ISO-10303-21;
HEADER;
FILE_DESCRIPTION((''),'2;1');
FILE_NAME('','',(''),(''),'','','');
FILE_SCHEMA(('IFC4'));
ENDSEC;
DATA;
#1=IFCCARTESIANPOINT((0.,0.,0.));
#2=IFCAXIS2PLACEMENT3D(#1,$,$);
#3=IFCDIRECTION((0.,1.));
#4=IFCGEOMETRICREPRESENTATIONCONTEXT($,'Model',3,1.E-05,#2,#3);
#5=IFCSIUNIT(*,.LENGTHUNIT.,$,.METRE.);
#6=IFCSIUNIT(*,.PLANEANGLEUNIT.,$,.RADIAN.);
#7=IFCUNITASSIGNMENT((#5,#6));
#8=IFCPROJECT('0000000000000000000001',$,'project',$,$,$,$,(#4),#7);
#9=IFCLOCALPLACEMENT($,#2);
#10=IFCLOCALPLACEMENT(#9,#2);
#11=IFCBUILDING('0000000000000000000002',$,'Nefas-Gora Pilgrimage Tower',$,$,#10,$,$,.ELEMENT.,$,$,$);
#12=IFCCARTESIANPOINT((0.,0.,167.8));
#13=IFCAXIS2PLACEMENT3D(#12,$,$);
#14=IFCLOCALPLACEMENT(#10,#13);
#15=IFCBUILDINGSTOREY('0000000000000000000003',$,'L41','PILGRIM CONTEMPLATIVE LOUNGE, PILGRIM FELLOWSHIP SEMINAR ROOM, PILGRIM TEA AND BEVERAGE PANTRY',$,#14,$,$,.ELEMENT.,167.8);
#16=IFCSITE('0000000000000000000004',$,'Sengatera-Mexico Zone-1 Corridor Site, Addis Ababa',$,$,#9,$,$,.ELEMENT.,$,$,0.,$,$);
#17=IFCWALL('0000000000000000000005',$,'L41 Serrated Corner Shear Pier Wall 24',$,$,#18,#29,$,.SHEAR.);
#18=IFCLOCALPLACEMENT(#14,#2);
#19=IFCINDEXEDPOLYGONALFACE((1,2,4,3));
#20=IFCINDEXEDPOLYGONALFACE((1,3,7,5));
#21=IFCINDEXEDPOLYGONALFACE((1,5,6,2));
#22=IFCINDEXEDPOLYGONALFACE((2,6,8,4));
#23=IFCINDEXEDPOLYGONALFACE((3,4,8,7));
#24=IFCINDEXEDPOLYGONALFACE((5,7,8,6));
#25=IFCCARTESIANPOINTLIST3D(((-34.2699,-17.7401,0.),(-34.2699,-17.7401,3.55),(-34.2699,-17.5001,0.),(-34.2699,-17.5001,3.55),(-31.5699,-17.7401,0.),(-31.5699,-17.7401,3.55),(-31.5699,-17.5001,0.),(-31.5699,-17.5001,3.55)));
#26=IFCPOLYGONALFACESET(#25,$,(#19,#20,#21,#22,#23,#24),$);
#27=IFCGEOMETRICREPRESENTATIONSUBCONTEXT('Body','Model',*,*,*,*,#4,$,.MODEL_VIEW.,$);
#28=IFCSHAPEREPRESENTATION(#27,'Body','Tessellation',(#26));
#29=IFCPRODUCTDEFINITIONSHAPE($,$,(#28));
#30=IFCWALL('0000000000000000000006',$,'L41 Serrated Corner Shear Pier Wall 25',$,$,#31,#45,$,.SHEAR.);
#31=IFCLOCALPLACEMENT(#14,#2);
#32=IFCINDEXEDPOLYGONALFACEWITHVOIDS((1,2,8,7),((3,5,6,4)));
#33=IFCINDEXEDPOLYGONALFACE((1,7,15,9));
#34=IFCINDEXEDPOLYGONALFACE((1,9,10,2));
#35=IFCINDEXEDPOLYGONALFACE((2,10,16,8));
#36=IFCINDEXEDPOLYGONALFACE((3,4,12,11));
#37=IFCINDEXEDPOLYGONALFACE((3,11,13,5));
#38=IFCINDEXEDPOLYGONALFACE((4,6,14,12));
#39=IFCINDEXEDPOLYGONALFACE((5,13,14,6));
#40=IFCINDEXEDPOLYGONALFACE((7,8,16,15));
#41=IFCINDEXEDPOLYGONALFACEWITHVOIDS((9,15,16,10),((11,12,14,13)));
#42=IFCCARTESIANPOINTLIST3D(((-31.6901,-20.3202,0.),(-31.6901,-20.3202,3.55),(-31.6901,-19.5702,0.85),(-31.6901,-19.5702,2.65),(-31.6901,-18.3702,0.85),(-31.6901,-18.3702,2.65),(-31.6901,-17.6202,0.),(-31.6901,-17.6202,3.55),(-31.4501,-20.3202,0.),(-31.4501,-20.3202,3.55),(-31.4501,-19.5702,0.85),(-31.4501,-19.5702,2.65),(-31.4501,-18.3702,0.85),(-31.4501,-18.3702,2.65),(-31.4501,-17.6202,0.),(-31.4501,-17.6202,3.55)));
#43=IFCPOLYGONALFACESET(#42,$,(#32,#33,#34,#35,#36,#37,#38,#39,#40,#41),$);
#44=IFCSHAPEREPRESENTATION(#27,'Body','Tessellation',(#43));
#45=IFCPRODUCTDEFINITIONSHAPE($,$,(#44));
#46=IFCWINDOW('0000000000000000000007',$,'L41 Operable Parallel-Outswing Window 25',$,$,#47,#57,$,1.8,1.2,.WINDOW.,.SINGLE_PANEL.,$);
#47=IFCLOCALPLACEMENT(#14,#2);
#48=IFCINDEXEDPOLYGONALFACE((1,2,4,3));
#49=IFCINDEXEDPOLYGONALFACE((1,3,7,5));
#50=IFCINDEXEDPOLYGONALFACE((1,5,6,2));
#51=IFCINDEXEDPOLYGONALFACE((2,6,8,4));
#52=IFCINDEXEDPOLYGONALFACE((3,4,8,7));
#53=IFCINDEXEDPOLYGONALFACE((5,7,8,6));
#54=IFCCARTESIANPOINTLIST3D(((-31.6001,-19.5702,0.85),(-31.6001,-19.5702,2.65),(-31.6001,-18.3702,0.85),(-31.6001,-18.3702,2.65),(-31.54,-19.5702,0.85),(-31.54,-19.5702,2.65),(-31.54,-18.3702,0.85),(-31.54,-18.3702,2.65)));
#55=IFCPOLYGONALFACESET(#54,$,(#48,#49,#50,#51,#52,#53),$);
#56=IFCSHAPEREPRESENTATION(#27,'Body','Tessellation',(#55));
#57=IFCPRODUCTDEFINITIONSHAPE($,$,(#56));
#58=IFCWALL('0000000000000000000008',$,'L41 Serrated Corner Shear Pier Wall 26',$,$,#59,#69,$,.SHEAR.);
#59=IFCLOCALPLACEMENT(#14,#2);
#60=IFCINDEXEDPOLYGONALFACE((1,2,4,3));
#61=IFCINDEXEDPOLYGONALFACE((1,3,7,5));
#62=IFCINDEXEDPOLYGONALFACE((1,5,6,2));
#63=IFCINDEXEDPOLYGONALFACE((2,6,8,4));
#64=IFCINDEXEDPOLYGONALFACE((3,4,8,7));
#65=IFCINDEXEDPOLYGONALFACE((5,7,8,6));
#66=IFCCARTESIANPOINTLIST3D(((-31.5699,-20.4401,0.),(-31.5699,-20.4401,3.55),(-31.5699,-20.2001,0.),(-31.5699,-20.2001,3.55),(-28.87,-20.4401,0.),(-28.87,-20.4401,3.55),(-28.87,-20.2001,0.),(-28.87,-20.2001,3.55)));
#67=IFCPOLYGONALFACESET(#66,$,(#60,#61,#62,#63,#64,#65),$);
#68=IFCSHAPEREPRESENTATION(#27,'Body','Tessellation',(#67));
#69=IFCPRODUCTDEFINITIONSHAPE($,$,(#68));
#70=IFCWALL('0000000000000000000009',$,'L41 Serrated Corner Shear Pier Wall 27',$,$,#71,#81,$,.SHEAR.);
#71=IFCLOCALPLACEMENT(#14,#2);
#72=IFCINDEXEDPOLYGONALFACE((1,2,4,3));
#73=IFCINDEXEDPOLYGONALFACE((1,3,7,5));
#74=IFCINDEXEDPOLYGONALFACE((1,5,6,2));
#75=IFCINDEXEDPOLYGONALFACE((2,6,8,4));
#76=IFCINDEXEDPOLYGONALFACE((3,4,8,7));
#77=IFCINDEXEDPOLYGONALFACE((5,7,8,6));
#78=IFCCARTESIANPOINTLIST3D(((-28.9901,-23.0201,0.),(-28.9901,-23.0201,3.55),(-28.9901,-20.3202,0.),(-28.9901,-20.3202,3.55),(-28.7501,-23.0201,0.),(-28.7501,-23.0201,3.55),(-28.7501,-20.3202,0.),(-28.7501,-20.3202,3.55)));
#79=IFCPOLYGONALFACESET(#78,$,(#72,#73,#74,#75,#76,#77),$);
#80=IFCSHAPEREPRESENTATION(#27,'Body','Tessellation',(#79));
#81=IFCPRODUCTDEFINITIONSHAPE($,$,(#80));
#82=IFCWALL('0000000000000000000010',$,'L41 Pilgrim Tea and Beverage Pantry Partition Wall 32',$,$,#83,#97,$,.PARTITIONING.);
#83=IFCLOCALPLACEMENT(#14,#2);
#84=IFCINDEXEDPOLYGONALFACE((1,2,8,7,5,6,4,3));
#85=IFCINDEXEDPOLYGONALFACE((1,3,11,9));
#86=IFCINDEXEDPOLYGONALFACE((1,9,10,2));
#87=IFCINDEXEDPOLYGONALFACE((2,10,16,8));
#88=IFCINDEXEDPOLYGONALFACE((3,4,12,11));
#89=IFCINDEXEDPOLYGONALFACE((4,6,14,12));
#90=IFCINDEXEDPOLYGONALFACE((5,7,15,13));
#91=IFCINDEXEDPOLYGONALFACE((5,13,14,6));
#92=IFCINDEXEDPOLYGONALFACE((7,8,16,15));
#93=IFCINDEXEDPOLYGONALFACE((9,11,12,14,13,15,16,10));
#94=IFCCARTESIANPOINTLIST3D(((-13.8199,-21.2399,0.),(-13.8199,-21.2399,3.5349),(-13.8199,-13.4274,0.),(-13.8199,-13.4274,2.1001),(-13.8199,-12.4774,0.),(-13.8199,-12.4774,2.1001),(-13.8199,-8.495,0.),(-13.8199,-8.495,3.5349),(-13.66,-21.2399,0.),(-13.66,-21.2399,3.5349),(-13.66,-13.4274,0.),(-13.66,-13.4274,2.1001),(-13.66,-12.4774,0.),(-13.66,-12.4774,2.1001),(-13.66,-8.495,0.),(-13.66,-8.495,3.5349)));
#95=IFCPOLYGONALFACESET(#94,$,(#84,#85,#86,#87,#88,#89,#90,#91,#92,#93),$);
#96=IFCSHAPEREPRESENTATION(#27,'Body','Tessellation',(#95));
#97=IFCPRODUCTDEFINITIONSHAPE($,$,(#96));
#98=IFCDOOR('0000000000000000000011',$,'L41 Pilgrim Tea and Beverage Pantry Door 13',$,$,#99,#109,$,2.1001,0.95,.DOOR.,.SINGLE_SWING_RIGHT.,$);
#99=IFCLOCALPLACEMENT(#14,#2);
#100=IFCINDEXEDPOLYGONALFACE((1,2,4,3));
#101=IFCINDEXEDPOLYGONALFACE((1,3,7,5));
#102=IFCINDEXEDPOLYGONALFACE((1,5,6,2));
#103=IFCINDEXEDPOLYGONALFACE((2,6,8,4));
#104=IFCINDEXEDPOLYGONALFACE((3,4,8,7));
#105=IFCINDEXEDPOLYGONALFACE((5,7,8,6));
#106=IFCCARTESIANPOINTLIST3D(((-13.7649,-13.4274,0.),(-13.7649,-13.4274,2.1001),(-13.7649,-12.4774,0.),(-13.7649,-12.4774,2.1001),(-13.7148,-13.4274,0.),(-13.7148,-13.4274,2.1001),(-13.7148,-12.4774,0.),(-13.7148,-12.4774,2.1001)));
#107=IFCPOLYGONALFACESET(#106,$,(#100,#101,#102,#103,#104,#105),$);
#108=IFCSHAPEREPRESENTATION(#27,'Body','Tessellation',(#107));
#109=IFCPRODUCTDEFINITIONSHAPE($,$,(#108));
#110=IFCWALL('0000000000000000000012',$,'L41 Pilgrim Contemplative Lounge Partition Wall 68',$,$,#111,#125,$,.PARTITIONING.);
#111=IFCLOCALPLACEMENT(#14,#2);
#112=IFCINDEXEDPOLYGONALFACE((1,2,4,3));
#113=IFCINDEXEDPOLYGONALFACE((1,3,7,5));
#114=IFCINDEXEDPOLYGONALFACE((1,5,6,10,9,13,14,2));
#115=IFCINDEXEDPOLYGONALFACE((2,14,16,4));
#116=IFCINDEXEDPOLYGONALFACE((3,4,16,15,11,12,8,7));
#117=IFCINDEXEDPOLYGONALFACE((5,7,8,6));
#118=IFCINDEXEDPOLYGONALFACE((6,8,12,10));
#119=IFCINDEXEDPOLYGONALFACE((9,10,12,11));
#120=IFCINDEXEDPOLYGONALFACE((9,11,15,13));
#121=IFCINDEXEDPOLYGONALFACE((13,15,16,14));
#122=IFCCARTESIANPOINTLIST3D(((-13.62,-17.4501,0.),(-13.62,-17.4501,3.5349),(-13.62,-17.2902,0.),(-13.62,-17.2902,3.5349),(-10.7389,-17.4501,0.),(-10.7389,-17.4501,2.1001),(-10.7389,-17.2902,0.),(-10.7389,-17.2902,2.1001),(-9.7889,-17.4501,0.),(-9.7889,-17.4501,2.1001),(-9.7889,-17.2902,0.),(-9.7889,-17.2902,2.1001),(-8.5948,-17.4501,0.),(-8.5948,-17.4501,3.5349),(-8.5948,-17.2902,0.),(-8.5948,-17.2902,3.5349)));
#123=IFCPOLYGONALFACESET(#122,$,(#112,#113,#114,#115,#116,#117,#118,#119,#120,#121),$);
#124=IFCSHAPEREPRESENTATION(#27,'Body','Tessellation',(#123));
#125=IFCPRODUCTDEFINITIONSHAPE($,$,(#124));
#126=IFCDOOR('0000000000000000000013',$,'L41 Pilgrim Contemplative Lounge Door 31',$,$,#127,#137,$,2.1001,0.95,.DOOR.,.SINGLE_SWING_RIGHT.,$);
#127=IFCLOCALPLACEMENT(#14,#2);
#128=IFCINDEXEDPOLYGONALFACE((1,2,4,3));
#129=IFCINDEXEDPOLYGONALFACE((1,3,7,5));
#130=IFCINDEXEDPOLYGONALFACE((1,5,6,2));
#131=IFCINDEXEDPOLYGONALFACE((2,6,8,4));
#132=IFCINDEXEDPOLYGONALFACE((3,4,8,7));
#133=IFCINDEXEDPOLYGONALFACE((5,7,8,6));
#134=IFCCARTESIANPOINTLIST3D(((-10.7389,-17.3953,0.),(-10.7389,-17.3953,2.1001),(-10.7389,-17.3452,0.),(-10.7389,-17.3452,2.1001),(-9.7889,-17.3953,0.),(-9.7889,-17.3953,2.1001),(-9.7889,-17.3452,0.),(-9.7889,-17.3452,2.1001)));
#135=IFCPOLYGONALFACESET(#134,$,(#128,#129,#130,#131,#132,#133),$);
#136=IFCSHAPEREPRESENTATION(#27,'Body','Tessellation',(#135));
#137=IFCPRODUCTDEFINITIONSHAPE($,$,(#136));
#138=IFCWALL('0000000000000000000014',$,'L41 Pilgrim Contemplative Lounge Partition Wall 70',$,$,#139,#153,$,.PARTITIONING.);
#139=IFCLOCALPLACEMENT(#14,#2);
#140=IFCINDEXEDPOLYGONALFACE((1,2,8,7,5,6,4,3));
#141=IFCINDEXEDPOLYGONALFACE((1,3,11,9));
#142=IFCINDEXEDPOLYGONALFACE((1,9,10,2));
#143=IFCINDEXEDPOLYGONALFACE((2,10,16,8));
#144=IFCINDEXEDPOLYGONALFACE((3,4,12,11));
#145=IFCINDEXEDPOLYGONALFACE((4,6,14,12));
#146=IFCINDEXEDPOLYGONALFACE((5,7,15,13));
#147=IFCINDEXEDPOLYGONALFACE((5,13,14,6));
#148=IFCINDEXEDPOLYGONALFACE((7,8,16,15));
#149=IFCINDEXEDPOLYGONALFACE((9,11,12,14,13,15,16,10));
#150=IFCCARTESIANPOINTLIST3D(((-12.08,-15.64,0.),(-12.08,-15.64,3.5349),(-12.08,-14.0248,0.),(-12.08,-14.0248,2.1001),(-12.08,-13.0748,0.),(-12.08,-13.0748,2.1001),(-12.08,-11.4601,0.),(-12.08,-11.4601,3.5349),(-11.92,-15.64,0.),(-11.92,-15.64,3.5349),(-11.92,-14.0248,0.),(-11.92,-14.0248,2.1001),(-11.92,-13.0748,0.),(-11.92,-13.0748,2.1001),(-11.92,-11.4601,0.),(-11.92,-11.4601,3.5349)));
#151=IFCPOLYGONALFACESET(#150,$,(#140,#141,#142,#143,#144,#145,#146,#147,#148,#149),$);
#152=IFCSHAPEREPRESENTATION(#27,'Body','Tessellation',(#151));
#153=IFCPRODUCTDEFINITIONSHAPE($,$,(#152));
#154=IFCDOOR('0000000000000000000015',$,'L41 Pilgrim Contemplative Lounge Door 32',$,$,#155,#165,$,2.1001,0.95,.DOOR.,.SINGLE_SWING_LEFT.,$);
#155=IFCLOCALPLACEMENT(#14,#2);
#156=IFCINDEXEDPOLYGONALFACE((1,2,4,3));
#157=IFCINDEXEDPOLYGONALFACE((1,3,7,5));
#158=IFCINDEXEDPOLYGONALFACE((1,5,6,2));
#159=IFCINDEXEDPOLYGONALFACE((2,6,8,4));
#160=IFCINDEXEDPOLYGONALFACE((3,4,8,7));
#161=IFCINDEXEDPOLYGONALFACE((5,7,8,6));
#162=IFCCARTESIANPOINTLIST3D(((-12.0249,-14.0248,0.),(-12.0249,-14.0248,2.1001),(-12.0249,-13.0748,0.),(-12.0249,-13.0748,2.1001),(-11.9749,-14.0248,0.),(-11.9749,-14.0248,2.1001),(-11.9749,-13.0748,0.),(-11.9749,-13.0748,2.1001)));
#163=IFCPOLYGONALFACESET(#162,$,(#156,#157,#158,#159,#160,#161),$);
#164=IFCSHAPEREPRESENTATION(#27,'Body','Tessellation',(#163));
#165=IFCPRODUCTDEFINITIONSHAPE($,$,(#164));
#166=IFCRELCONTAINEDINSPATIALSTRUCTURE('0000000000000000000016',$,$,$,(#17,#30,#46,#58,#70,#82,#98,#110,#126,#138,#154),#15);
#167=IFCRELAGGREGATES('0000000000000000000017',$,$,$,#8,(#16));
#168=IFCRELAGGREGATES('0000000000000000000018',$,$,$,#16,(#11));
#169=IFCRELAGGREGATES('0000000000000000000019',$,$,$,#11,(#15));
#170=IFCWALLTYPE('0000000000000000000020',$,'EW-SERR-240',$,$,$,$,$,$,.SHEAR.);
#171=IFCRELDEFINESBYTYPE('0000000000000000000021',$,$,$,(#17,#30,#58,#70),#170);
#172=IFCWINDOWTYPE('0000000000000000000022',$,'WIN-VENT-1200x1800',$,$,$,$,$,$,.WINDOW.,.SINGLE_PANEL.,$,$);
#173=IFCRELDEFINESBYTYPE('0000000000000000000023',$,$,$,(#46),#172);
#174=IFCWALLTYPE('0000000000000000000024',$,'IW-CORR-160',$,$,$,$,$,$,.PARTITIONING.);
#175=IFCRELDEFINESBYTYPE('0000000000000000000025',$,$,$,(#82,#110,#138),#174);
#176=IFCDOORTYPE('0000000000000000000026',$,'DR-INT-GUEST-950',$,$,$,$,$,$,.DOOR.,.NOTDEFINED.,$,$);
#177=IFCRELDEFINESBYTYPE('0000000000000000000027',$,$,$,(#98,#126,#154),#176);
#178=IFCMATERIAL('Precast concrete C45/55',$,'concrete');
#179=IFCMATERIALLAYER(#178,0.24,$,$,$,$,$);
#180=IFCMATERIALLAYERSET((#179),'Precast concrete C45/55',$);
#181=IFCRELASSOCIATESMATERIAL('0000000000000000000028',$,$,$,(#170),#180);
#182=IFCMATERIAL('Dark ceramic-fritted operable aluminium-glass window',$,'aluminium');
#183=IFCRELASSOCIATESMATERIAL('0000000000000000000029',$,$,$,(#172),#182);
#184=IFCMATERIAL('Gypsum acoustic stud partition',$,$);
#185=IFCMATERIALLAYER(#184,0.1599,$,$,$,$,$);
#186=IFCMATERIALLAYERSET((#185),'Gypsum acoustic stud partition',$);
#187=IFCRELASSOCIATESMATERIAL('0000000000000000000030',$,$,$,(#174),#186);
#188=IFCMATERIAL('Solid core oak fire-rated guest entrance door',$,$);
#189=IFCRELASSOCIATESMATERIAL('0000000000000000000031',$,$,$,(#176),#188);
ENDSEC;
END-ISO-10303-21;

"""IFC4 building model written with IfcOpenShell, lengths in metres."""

from ifc_helpers import new_model, si_unit, direction, frame, frame_2d, origin, place, context, subcontext, project, spatial, rectangle, extrude, source, transform, mapped, material, layer, layer_set, type_object, element, fill, save


model = new_model("IFC4")

# Units and contexts
model_context = context("Model", 3, precision=1e-05, world=origin(), true_north=direction((0.0, 1.0)))
body_context = subcontext(model_context, "Body", "Model", "MODEL_VIEW")
ifc_project = project(units=[si_unit("LENGTHUNIT", "METRE"), si_unit("PLANEANGLEUNIT", "RADIAN")], contexts=[model_context])

# Site, building, storey
site_placement = place(None, origin())
site = spatial("IfcSite", under=ifc_project, at=site_placement, Name="Sengatera-Mexico Zone-1 Corridor Site, Addis Ababa", CompositionType="ELEMENT", RefElevation=0.0)
building_placement = place(site_placement, origin())
building = spatial("IfcBuilding", under=site, at=building_placement, Name="Nefas-Gora Pilgrimage Tower", CompositionType="ELEMENT")
storey_placement = place(building_placement, frame((0.0, 0.0, 167.8)))
storey = spatial("IfcBuildingStorey", under=building, at=storey_placement, Name="L41", Description="PILGRIM CONTEMPLATIVE LOUNGE, PILGRIM FELLOWSHIP SEMINAR ROOM, PILGRIM TEA AND BEVERAGE PANTRY", CompositionType="ELEMENT", Elevation=167.8)

# Wall
ifc_material_1 = material(Name="Precast concrete C45/55", Category="concrete")
ifc_layer_1 = layer(ifc_material_1, 0.24)
ifc_layer_set_1 = layer_set([ifc_layer_1], Name="Precast concrete C45/55")
wall_type_1 = type_object("IfcWallType", Name="EW-SERR-240", PredefinedType="SHEAR", material=ifc_layer_set_1)
shared_shape_1 = source(origin(), body_context, "Body", "SweptSolid", [
    extrude(rectangle(XDim=2.7, YDim=0.24, at=frame_2d((1.3501, 0.0))), origin(), (0.0, 0.0, 1.0), 3.55),
])
wall_1_placement = place(storey_placement, frame((-34.27, -17.6201, 0.0), z_axis=(0.0, 0.0, 1.0), x_axis=(1.0, 0.0, 0.0)))
element("IfcWall", 1, at=wall_1_placement, inside=storey, type_object=wall_type_1, Name="L41 Serrated Corner Shear Pier Wall 24", PredefinedType="SHEAR", context=body_context, shape_type="MappedRepresentation", body=[
    mapped(shared_shape_1, transform((0.0, 0.0, 0.0), x_axis=(1.0, 0.0, 0.0), y_axis=(0.0, 1.0, 0.0), z_axis=(0.0, 0.0, 1.0), scale=1.0)),
])

# Wall, opening, window
wall_2_placement = place(storey_placement, frame((-31.5701, -17.6201, 0.0), z_axis=(0.0, 0.0, 1.0), x_axis=(0.0, -1.0, 0.0)))
wall_2 = element("IfcWall", 2, at=wall_2_placement, inside=storey, type_object=wall_type_1, Name="L41 Serrated Corner Shear Pier Wall 25", PredefinedType="SHEAR", context=body_context, shape_type="MappedRepresentation", body=[
    mapped(shared_shape_1, transform((0.0, 0.0, 0.0), x_axis=(1.0, 0.0, 0.0), y_axis=(0.0, 1.0, 0.0), z_axis=(0.0, 0.0, 1.0), scale=1.0)),
])
opening_1_placement = place(wall_2_placement, frame((0.75, 0.0, 0.8501)))
opening_1 = element("IfcOpeningElement", 3, at=opening_1_placement, cuts=wall_2, PredefinedType="OPENING", context=body_context, shape_type="SweptSolid", body=[
    extrude(rectangle(XDim=1.2, YDim=1.8, at=frame_2d((0.6001, 0.8999))), frame((0.0, 0.1299, 0.0), z_axis=(0.0, -1.0, 0.0), x_axis=(1.0, 0.0, 0.0)), (0.0, 0.0, 1.0), 0.26),
])
ifc_material_2 = material(Name="Dark ceramic-fritted operable aluminium-glass window", Category="aluminium")
window_type = type_object("IfcWindowType", Name="WIN-VENT-1200x1800", PartitioningType="SINGLE_PANEL", PredefinedType="WINDOW", material=ifc_material_2)
shared_shape_2 = source(origin(), body_context, "Body", "SweptSolid", [
    extrude(rectangle(XDim=1.2, YDim=1.8, at=frame_2d((0.6001, 0.8999))), frame((0.0, 0.03, 0.0), z_axis=(0.0, -1.0, 0.0), x_axis=(1.0, 0.0, 0.0)), (0.0, 0.0, 1.0), 0.0601),
])
window_placement = place(opening_1_placement, origin())
window = element("IfcWindow", 4, at=window_placement, inside=storey, type_object=window_type, Name="L41 Operable Parallel-Outswing Window 25", OverallHeight=1.8, OverallWidth=1.2, PartitioningType="SINGLE_PANEL", PredefinedType="WINDOW", context=body_context, shape_type="MappedRepresentation", body=[
    mapped(shared_shape_2, transform((0.0, 0.0, 0.0), x_axis=(1.0, 0.0, 0.0), y_axis=(0.0, 1.0, 0.0), z_axis=(0.0, 0.0, 1.0), scale=1.0)),
])
fill(opening_1, window)

# Walls
for number, where, z_axis, x_axis, name in (
    (5, (-31.5701, -20.3201, 0.0), (0.0, 0.0, 1.0), (1.0, 0.0, 0.0), "L41 Serrated Corner Shear Pier Wall 26"),
    (6, (-28.8701, -20.3201, 0.0), (0.0, 0.0, 1.0), (0.0, -1.0, 0.0), "L41 Serrated Corner Shear Pier Wall 27"),
):
    element("IfcWall", number, at=place(storey_placement, frame(where, z_axis=z_axis, x_axis=x_axis)), inside=storey, type_object=wall_type_1, Name=name, PredefinedType="SHEAR", context=body_context, shape_type="MappedRepresentation", body=[
        mapped(shared_shape_1, transform((0.0, 0.0, 0.0), x_axis=(1.0, 0.0, 0.0), y_axis=(0.0, 1.0, 0.0), z_axis=(0.0, 0.0, 1.0), scale=1.0)),
    ])

# Walls, openings, doors
ifc_material_3 = material(Name="Gypsum acoustic stud partition")
ifc_layer_2 = layer(ifc_material_3, 0.1599)
ifc_layer_set_2 = layer_set([ifc_layer_2], Name="Gypsum acoustic stud partition")
wall_type_2 = type_object("IfcWallType", Name="IW-CORR-160", PredefinedType="PARTITIONING", material=ifc_layer_set_2)
shared_shape_3 = source(origin(), body_context, "Body", "SweptSolid", [
    extrude(rectangle(XDim=12.7449, YDim=0.1599, at=frame_2d((6.3726, 0.0))), origin(), (0.0, 0.0, 1.0), 3.5349),
])
wall_3_placement = place(storey_placement, frame((-13.74, -21.24, 0.0), z_axis=(0.0, 0.0, 1.0), x_axis=(0.0, 1.0, 0.0)))
wall_3 = element("IfcWall", 7, at=wall_3_placement, inside=storey, type_object=wall_type_2, Name="L41 Pilgrim Tea and Beverage Pantry Partition Wall 32", PredefinedType="PARTITIONING", context=body_context, shape_type="MappedRepresentation", body=[
    mapped(shared_shape_3, transform((0.0, 0.0, 0.0), x_axis=(1.0, 0.0, 0.0), y_axis=(0.0, 1.0, 0.0), z_axis=(0.0, 0.0, 1.0), scale=1.0)),
])
opening_2_placement = place(wall_3_placement, frame((7.8125, 0.0, 0.0)))
opening_2 = element("IfcOpeningElement", 8, at=opening_2_placement, cuts=wall_3, PredefinedType="OPENING", context=body_context, shape_type="SweptSolid", body=[
    extrude(rectangle(XDim=0.95, YDim=2.1001, at=frame_2d((0.4751, 1.05))), frame((0.0, 0.0898, 0.0), z_axis=(0.0, -1.0, 0.0), x_axis=(1.0, 0.0, 0.0)), (0.0, 0.0, 1.0), 0.1799),
])
ifc_material_4 = material(Name="Solid core oak fire-rated guest entrance door")
door_type = type_object("IfcDoorType", Name="DR-INT-GUEST-950", OperationType="NOTDEFINED", PredefinedType="DOOR", material=ifc_material_4)
shared_shape_4 = source(origin(), body_context, "Body", "SweptSolid", [
    extrude(rectangle(XDim=0.95, YDim=2.1001, at=frame_2d((0.4751, 1.05))), frame((0.0, 0.0249, 0.0), z_axis=(0.0, -1.0, 0.0), x_axis=(1.0, 0.0, 0.0)), (0.0, 0.0, 1.0), 0.05),
])
door_1_placement = place(opening_2_placement, origin())
door_1 = element("IfcDoor", 9, at=door_1_placement, inside=storey, type_object=door_type, Name="L41 Pilgrim Tea and Beverage Pantry Door 13", OperationType="SINGLE_SWING_RIGHT", OverallHeight=2.1001, OverallWidth=0.95, PredefinedType="DOOR", context=body_context, shape_type="MappedRepresentation", body=[
    mapped(shared_shape_4, transform((0.0, 0.0, 0.0), x_axis=(1.0, 0.0, 0.0), y_axis=(0.0, 1.0, 0.0), z_axis=(0.0, 0.0, 1.0), scale=1.0)),
])
fill(opening_2, door_1)
shared_shape_5 = source(origin(), body_context, "Body", "SweptSolid", [
    extrude(rectangle(XDim=5.0251, YDim=0.1599, at=frame_2d((2.5127, 0.0))), origin(), (0.0, 0.0, 1.0), 3.5349),
])
wall_4_placement = place(storey_placement, frame((-13.6201, -17.3701, 0.0), z_axis=(0.0, 0.0, 1.0), x_axis=(1.0, 0.0, 0.0)))
wall_4 = element("IfcWall", 10, at=wall_4_placement, inside=storey, type_object=wall_type_2, Name="L41 Pilgrim Contemplative Lounge Partition Wall 68", PredefinedType="PARTITIONING", context=body_context, shape_type="MappedRepresentation", body=[
    mapped(shared_shape_5, transform((0.0, 0.0, 0.0), x_axis=(1.0, 0.0, 0.0), y_axis=(0.0, 1.0, 0.0), z_axis=(0.0, 0.0, 1.0), scale=1.0)),
])
opening_3_placement = place(wall_4_placement, frame((2.8811, 0.0, 0.0)))
opening_3 = element("IfcOpeningElement", 11, at=opening_3_placement, cuts=wall_4, PredefinedType="OPENING", context=body_context, shape_type="SweptSolid", body=[
    extrude(rectangle(XDim=0.95, YDim=2.1001, at=frame_2d((0.4751, 1.05))), frame((0.0, 0.0898, 0.0), z_axis=(0.0, -1.0, 0.0), x_axis=(1.0, 0.0, 0.0)), (0.0, 0.0, 1.0), 0.1799),
])
door_2_placement = place(opening_3_placement, origin())
door_2 = element("IfcDoor", 12, at=door_2_placement, inside=storey, type_object=door_type, Name="L41 Pilgrim Contemplative Lounge Door 31", OperationType="SINGLE_SWING_RIGHT", OverallHeight=2.1001, OverallWidth=0.95, PredefinedType="DOOR", context=body_context, shape_type="MappedRepresentation", body=[
    mapped(shared_shape_4, transform((0.0, 0.0, 0.0), x_axis=(1.0, 0.0, 0.0), y_axis=(0.0, 1.0, 0.0), z_axis=(0.0, 0.0, 1.0), scale=1.0)),
])
fill(opening_3, door_2)
shared_shape_6 = source(origin(), body_context, "Body", "SweptSolid", [
    extrude(rectangle(XDim=4.1799, YDim=0.1599, at=frame_2d((2.0898, 0.0))), origin(), (0.0, 0.0, 1.0), 3.5349),
])
wall_5_placement = place(storey_placement, frame((-12.0, -15.6399, 0.0), z_axis=(0.0, 0.0, 1.0), x_axis=(0.0, 1.0, 0.0)))
wall_5 = element("IfcWall", 13, at=wall_5_placement, inside=storey, type_object=wall_type_2, Name="L41 Pilgrim Contemplative Lounge Partition Wall 70", PredefinedType="PARTITIONING", context=body_context, shape_type="MappedRepresentation", body=[
    mapped(shared_shape_6, transform((0.0, 0.0, 0.0), x_axis=(1.0, 0.0, 0.0), y_axis=(0.0, 1.0, 0.0), z_axis=(0.0, 0.0, 1.0), scale=1.0)),
])
opening_4_placement = place(wall_5_placement, frame((1.615, 0.0, 0.0)))
opening_4 = element("IfcOpeningElement", 14, at=opening_4_placement, cuts=wall_5, PredefinedType="OPENING", context=body_context, shape_type="SweptSolid", body=[
    extrude(rectangle(XDim=0.95, YDim=2.1001, at=frame_2d((0.4751, 1.05))), frame((0.0, 0.0898, 0.0), z_axis=(0.0, -1.0, 0.0), x_axis=(1.0, 0.0, 0.0)), (0.0, 0.0, 1.0), 0.1799),
])
door_3_placement = place(opening_4_placement, origin())
door_3 = element("IfcDoor", 15, at=door_3_placement, inside=storey, type_object=door_type, Name="L41 Pilgrim Contemplative Lounge Door 32", OperationType="SINGLE_SWING_LEFT", OverallHeight=2.1001, OverallWidth=0.95, PredefinedType="DOOR", context=body_context, shape_type="MappedRepresentation", body=[
    mapped(shared_shape_4, transform((0.0, 0.0, 0.0), x_axis=(1.0, 0.0, 0.0), y_axis=(0.0, 1.0, 0.0), z_axis=(0.0, 0.0, 1.0), scale=1.0)),
])
fill(opening_4, door_3)

save(model, "model.ifc")
